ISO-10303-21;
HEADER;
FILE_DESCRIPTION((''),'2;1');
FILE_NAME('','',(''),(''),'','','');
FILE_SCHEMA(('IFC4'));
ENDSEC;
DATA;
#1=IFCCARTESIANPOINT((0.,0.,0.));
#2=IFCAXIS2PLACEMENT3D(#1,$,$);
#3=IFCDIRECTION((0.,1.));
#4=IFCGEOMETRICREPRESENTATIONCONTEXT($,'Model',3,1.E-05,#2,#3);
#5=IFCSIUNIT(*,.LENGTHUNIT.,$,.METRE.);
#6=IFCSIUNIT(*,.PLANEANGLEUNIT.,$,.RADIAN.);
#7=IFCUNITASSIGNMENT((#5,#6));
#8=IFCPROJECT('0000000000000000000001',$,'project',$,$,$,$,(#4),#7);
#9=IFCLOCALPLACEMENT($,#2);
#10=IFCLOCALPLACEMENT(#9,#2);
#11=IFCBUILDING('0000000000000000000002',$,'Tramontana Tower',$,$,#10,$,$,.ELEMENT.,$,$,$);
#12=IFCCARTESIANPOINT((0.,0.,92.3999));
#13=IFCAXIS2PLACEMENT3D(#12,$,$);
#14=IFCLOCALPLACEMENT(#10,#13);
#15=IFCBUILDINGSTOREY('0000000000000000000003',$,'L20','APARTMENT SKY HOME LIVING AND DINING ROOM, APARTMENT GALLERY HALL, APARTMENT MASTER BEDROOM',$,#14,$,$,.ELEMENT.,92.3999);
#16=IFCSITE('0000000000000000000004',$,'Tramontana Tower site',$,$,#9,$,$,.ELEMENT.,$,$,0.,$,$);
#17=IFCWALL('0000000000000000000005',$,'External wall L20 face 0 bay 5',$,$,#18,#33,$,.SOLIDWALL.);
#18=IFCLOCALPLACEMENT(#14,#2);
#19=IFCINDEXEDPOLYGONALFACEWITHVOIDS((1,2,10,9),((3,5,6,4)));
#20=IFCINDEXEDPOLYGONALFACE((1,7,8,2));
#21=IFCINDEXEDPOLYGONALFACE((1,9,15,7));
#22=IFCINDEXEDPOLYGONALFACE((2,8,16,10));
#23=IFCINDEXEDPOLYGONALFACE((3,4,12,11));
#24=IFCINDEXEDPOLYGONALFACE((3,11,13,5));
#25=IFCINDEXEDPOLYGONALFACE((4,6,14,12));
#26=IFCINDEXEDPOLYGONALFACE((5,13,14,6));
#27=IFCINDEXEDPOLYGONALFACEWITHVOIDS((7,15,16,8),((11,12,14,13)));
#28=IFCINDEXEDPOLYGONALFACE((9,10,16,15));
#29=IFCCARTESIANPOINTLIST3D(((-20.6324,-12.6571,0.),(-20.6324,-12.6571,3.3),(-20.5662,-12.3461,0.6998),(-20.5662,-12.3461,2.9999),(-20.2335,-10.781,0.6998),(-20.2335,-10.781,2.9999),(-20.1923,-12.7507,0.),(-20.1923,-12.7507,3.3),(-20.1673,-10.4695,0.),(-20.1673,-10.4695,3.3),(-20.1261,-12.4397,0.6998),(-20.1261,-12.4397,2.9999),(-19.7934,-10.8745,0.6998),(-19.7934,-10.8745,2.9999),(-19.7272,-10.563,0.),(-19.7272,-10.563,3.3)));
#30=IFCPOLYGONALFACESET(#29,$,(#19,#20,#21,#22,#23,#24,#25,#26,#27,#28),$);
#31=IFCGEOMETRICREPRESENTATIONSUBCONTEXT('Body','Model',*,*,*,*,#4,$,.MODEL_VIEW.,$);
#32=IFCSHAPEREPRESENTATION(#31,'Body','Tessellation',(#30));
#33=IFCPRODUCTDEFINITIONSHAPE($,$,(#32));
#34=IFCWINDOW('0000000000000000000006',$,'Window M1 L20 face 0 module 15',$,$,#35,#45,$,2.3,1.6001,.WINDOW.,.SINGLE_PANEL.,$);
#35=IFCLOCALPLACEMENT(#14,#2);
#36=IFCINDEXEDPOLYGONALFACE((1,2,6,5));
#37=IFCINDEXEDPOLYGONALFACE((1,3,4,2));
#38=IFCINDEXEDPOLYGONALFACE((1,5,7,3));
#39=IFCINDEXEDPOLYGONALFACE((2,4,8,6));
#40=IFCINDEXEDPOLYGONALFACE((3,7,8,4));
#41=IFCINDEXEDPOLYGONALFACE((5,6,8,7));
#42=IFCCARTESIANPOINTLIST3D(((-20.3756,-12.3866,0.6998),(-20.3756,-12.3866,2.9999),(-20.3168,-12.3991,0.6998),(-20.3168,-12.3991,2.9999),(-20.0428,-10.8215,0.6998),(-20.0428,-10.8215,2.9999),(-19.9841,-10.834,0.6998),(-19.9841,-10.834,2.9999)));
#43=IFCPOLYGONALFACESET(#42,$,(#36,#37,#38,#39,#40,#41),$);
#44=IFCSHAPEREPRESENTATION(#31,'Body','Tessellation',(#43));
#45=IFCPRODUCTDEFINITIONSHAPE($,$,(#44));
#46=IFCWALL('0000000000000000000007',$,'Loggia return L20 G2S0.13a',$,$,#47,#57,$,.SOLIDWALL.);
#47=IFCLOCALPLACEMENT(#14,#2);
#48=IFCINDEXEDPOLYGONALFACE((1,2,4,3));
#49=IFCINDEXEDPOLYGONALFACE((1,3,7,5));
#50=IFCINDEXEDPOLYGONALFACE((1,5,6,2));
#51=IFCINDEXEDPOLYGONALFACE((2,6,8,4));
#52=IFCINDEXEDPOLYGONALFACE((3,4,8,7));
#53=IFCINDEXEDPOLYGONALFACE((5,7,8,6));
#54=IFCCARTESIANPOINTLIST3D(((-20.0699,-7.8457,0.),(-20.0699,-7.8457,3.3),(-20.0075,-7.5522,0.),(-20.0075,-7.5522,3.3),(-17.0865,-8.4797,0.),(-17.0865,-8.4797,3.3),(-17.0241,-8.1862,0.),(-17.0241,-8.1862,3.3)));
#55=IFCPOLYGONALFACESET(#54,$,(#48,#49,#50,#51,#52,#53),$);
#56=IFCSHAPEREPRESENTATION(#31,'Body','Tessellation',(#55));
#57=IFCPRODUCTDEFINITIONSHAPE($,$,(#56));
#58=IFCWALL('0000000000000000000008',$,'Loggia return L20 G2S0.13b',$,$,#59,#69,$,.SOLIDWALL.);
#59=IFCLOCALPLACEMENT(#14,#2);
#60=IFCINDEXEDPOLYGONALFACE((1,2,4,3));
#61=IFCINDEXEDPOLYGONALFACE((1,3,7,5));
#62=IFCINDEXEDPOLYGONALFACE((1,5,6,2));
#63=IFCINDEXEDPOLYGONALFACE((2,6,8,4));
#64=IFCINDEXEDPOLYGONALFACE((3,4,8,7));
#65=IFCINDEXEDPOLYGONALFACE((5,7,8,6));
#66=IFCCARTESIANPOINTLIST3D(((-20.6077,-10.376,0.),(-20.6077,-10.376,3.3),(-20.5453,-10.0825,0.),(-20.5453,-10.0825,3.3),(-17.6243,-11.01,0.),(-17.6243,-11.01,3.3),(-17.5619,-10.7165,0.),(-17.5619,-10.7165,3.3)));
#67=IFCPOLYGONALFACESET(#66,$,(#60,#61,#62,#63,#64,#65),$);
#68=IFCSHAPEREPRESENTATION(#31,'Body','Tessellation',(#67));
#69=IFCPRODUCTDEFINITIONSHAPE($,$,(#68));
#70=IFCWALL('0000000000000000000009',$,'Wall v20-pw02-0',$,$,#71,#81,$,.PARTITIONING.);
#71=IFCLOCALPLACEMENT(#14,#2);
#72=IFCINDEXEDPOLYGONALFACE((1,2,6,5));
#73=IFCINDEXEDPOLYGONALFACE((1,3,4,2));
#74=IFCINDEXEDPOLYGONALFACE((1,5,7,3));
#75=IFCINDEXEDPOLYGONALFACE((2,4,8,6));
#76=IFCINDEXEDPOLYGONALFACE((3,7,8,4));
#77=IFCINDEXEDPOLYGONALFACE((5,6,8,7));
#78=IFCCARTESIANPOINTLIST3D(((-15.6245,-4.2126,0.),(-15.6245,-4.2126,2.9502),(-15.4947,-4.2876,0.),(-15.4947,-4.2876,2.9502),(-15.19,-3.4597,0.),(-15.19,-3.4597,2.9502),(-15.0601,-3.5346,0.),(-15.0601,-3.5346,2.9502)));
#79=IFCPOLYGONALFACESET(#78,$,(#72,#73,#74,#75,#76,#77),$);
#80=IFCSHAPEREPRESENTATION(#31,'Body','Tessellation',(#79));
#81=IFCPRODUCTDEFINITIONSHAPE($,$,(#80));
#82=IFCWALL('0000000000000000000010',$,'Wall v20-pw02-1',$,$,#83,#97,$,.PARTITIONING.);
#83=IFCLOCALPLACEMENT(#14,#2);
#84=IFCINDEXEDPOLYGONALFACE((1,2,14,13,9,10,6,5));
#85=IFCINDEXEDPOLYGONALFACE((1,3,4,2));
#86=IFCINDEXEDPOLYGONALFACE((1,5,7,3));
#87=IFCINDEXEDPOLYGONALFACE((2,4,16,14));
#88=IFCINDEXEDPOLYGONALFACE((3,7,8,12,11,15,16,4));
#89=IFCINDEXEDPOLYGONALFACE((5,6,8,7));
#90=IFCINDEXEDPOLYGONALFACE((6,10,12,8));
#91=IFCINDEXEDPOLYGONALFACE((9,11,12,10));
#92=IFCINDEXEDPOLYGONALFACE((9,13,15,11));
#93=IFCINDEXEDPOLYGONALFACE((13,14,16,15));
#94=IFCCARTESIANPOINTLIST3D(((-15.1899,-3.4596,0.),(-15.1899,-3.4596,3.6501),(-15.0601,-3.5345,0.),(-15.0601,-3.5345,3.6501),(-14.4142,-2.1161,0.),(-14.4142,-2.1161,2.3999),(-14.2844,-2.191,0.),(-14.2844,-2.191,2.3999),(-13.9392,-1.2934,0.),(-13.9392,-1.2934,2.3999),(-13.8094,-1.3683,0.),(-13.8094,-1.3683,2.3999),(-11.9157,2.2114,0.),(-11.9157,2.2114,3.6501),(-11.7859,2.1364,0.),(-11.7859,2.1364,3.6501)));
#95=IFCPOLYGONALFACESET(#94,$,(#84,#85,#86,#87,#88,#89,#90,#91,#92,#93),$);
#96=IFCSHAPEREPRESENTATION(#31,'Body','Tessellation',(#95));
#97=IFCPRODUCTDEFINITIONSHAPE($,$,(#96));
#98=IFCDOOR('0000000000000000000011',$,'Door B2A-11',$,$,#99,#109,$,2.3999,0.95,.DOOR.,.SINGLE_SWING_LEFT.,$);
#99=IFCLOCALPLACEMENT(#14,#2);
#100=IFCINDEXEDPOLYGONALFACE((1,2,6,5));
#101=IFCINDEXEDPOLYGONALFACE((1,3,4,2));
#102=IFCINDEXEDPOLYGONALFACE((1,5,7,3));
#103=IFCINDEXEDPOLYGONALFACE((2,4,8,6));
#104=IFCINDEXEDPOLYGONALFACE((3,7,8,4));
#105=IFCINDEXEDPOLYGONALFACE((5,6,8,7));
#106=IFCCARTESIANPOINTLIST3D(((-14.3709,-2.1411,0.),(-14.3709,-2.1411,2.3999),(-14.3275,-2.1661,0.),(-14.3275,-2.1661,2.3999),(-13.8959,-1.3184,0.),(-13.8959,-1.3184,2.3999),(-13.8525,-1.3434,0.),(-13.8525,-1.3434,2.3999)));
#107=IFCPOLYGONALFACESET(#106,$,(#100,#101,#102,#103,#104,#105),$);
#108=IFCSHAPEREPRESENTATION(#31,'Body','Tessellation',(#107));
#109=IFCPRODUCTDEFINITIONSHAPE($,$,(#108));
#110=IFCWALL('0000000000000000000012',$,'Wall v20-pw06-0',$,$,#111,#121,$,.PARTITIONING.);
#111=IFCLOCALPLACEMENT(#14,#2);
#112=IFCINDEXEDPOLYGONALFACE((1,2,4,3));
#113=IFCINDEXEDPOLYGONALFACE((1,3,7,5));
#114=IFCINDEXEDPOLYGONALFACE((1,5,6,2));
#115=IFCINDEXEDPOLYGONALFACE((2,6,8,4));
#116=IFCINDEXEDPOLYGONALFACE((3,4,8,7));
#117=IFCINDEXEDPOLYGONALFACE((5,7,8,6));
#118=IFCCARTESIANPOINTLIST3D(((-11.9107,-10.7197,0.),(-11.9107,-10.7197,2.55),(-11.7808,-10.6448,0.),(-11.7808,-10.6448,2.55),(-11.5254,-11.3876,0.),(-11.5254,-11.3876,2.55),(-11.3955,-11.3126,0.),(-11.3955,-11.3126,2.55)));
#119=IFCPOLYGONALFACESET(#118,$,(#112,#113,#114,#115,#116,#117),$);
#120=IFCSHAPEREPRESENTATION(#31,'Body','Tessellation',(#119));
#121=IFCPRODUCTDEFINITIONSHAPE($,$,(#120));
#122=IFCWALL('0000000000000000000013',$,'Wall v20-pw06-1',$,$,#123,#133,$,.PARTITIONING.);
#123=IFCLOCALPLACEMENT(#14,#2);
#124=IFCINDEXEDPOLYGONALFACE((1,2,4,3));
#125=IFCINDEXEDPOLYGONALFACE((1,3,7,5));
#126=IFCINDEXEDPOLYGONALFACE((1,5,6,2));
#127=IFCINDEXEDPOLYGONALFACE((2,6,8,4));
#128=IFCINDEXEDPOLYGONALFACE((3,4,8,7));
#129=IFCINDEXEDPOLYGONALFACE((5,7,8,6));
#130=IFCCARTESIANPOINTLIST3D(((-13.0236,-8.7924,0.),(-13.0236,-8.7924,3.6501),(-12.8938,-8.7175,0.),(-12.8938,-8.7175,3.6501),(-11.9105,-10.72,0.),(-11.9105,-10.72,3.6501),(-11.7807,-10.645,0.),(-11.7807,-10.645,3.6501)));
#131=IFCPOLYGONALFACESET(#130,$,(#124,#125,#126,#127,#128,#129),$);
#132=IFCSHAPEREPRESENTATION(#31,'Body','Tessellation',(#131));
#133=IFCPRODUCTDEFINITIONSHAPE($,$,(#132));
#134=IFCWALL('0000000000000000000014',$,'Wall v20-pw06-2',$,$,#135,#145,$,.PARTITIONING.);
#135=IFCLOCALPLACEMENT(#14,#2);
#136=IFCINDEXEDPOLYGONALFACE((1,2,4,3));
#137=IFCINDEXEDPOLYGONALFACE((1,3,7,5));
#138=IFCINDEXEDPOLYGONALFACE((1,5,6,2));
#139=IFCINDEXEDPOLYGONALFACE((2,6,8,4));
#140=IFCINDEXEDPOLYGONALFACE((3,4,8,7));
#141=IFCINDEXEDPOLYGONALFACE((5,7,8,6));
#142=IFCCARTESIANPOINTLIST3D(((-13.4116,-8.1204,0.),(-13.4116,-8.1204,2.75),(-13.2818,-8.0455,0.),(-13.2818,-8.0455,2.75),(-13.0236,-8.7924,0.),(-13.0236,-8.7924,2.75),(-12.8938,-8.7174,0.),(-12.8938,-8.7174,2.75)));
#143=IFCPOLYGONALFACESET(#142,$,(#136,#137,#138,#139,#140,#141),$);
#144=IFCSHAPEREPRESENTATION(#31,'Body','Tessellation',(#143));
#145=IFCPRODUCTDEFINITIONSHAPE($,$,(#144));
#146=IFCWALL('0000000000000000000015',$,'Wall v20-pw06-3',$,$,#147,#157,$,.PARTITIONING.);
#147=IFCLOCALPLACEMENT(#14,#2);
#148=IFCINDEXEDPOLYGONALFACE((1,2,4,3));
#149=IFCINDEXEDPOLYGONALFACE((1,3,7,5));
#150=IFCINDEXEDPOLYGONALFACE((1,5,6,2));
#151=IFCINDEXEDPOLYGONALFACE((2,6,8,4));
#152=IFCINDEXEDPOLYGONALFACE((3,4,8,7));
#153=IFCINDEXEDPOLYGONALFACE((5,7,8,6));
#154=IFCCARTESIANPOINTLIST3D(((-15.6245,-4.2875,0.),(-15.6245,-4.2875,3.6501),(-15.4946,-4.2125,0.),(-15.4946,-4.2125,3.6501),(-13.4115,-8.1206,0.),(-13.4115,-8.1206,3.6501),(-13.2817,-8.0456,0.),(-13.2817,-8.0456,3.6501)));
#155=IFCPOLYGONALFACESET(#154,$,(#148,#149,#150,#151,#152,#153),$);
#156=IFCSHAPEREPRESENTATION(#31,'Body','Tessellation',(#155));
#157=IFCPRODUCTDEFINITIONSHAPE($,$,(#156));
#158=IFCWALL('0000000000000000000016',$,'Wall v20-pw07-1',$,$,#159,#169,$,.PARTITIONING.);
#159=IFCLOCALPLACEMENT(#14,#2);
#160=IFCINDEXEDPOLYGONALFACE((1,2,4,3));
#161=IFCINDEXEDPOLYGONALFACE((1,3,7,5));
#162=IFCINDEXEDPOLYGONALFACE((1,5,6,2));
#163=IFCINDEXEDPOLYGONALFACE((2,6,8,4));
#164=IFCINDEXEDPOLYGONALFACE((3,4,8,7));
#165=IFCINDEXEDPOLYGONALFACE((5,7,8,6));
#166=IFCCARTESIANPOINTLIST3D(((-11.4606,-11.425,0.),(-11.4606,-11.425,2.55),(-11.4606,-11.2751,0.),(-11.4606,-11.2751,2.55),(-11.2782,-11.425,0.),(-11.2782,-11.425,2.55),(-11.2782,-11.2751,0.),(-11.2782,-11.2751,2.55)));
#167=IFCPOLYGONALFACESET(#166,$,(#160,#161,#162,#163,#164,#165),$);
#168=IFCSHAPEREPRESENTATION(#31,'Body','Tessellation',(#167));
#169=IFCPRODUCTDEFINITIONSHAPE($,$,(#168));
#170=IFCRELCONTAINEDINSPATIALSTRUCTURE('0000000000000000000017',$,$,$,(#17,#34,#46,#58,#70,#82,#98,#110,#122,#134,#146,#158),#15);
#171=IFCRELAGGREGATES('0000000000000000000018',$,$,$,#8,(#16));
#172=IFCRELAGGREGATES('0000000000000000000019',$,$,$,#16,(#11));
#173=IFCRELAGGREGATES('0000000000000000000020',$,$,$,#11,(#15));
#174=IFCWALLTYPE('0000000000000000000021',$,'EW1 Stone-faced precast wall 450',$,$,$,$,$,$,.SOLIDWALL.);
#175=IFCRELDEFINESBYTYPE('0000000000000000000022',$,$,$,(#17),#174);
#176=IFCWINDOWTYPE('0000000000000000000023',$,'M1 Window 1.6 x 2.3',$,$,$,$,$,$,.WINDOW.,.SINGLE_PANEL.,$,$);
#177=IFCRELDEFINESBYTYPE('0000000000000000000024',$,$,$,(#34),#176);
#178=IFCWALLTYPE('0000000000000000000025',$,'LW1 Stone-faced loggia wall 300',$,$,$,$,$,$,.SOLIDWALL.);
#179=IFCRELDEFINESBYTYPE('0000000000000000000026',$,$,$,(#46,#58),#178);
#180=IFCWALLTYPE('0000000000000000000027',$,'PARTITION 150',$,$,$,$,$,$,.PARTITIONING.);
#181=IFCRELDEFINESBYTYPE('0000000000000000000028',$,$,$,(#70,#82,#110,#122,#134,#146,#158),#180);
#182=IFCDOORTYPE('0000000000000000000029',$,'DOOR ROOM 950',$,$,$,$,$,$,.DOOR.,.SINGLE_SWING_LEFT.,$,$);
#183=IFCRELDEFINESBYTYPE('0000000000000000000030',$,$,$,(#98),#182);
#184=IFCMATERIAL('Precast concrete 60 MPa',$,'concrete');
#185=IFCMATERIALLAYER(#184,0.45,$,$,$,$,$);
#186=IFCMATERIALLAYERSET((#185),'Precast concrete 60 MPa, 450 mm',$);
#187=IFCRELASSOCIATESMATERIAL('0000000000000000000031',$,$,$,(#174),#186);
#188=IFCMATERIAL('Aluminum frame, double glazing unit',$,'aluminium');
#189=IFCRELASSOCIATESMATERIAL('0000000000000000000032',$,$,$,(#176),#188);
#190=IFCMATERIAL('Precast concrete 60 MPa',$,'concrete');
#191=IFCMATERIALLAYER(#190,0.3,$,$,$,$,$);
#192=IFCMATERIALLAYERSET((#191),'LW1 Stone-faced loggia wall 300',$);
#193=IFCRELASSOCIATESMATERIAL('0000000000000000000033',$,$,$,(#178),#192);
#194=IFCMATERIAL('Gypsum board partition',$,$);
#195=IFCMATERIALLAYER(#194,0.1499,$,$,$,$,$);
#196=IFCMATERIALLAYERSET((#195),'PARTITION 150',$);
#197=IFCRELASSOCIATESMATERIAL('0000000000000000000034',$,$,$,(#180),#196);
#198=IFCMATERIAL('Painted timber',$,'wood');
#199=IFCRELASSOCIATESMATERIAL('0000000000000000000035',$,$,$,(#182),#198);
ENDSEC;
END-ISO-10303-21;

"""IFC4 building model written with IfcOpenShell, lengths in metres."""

from ifc_helpers import new_model, si_unit, direction, frame, frame_2d, origin, place, context, subcontext, project, spatial, rectangle, extrude, material, layer, layer_set, type_object, element, fill, save


model = new_model("IFC4")

# Units and contexts
model_context = context("Model", 3, precision=1e-05, world=origin(), true_north=direction((0.0, 1.0)))
body_context = subcontext(model_context, "Body", "Model", "MODEL_VIEW")
ifc_project = project(units=[si_unit("LENGTHUNIT", "METRE"), si_unit("PLANEANGLEUNIT", "RADIAN")], contexts=[model_context])

# Site, building, storey
site_placement = place(None, origin())
site = spatial("IfcSite", under=ifc_project, at=site_placement, Name="Tramontana Tower site", CompositionType="ELEMENT", RefElevation=0.0)
building_placement = place(site_placement, origin())
building = spatial("IfcBuilding", under=site, at=building_placement, Name="Tramontana Tower", CompositionType="ELEMENT")
storey_placement = place(building_placement, frame((0.0, 0.0, 92.3999)))
storey = spatial("IfcBuildingStorey", under=building, at=storey_placement, Name="L20", Description="APARTMENT SKY HOME LIVING AND DINING ROOM, APARTMENT GALLERY HALL, APARTMENT MASTER BEDROOM", CompositionType="ELEMENT", Elevation=92.3999)

# Wall, opening, window
ifc_material_1 = material(Name="Precast concrete 60 MPa", Category="concrete")
ifc_layer_1 = layer(ifc_material_1, 0.45)
ifc_layer_set_1 = layer_set([ifc_layer_1], Name="Precast concrete 60 MPa, 450 mm")
wall_type_1 = type_object("IfcWallType", Name="EW1 Stone-faced precast wall 450", PredefinedType="SOLIDWALL", material=ifc_layer_set_1)
ifc_material_2 = material(Name="Aluminum frame, double glazing unit", Category="aluminium")
window_type = type_object("IfcWindowType", Name="M1 Window 1.6 x 2.3", PartitioningType="SINGLE_PANEL", PredefinedType="WINDOW", material=ifc_material_2)
wall_1_placement = place(storey_placement, frame((-19.9473, -10.5164, 0.0), z_axis=(0.0, 0.0, 1.0), x_axis=(-0.207941, -0.978141, 0.0)))
wall_1 = element("IfcWall", 1, at=wall_1_placement, inside=storey, type_object=wall_type_1, Name="External wall L20 face 0 bay 5", PredefinedType="SOLIDWALL", context=body_context, shape_type="SweptSolid", body=[
    extrude(rectangle(XDim=2.2366, YDim=0.45, at=frame_2d((1.1182, 0.0))), origin(), (0.0, 0.0, 1.0), 3.3),
])
opening_1_placement = place(wall_1_placement, frame((0.3184, 0.0, 0.7)))
opening_1 = element("IfcOpeningElement", 2, at=opening_1_placement, cuts=wall_1, PredefinedType="OPENING", context=body_context, shape_type="SweptSolid", body=[
    extrude(rectangle(XDim=1.6001, YDim=2.3, at=frame_2d((0.8, 1.1499))), frame((0.0, 0.2349, 0.0), z_axis=(0.0, -1.0, 0.0), x_axis=(1.0, 0.0, 0.0)), (0.0, 0.0, 1.0), 0.47),
])
window_1_placement = place(opening_1_placement, origin())
window_1 = element("IfcWindow", 3, at=window_1_placement, inside=storey, type_object=window_type, Name="Window M1 L20 face 0 module 15", OverallHeight=2.3, OverallWidth=1.6001, PartitioningType="SINGLE_PANEL", PredefinedType="WINDOW", context=body_context, shape_type="SweptSolid", body=[
    extrude(rectangle(XDim=1.6001, YDim=2.3, at=frame_2d((0.8, 1.1499))), frame((0.0, 0.03, 0.0), z_axis=(0.0, -1.0, 0.0), x_axis=(1.0, 0.0, 0.0)), (0.0, 0.0, 1.0), 0.0601),
])
fill(opening_1, window_1)

# Shared definitions
ifc_material_3 = material(Name="Precast concrete 60 MPa", Category="concrete")
ifc_layer_2 = layer(ifc_material_3, 0.3)
ifc_layer_set_2 = layer_set([ifc_layer_2], Name="LW1 Stone-faced loggia wall 300")
wall_type_2 = type_object("IfcWallType", Name="LW1 Stone-faced loggia wall 300", PredefinedType="SOLIDWALL", material=ifc_layer_set_2)

# Walls
for number, where, z_axis, x_axis, name in (
    (4, (-20.0386, -7.699, 0.0), (0.0, 0.0, 1.0), (0.978155, -0.207878, 0.0), "Loggia return L20 G2S0.13a"),
    (5, (-20.5764, -10.2292, 0.0), (0.0, 0.0, 1.0), (0.978155, -0.207878, 0.0), "Loggia return L20 G2S0.13b"),
):
    element("IfcWall", number, at=place(storey_placement, frame(where, z_axis=z_axis, x_axis=x_axis)), inside=storey, type_object=wall_type_2, Name=name, PredefinedType="SOLIDWALL", context=body_context, shape_type="SweptSolid", body=[
        extrude(rectangle(XDim=3.05, YDim=0.3, at=frame_2d((1.5249, 0.0))), origin(), (0.0, 0.0, 1.0), 3.3),
    ])
ifc_material_4 = material(Name="Gypsum board partition")
ifc_layer_3 = layer(ifc_material_4, 0.1499)
ifc_layer_set_3 = layer_set([ifc_layer_3], Name="PARTITION 150")
wall_type_3 = type_object("IfcWallType", Name="PARTITION 150", PredefinedType="PARTITIONING", material=ifc_layer_set_3)
wall_2_placement = place(storey_placement, frame((-15.5596, -4.25, 0.0), z_axis=(0.0, 0.0, 1.0), x_axis=(0.499885, 0.866092, 0.0)))
element("IfcWall", 6, at=wall_2_placement, inside=storey, type_object=wall_type_3, Name="Wall v20-pw02-0", PredefinedType="PARTITIONING", context=body_context, shape_type="SweptSolid", body=[
    extrude(rectangle(XDim=0.8694, YDim=0.1499, at=frame_2d((0.4346, 0.0))), origin(), (0.0, 0.0, 1.0), 2.9502),
])

# Wall, opening, door
wall_3_placement = place(storey_placement, frame((-15.125, -3.4971, 0.0), z_axis=(0.0, 0.0, 1.0), x_axis=(0.500009, 0.86602, 0.0)))
wall_3 = element("IfcWall", 7, at=wall_3_placement, inside=storey, type_object=wall_type_3, Name="Wall v20-pw02-1", PredefinedType="PARTITIONING", context=body_context, shape_type="SweptSolid", body=[
    extrude(rectangle(XDim=6.5483, YDim=0.1499, at=frame_2d((3.2742, 0.0))), origin(), (0.0, 0.0, 1.0), 3.6501),
])
opening_2_placement = place(wall_3_placement, frame((1.5513, 0.0, 0.0)))
opening_2 = element("IfcOpeningElement", 8, at=opening_2_placement, cuts=wall_3, PredefinedType="OPENING", context=body_context, shape_type="SweptSolid", body=[
    extrude(rectangle(XDim=0.95, YDim=2.3999, at=frame_2d((0.4751, 1.2))), frame((0.0, 0.085, 0.0), z_axis=(0.0, -1.0, 0.0), x_axis=(1.0, 0.0, 0.0)), (0.0, 0.0, 1.0), 0.1699),
])
ifc_material_5 = material(Name="Painted timber", Category="wood")
door_type_1 = type_object("IfcDoorType", Name="DOOR ROOM 950", OperationType="SINGLE_SWING_LEFT", PredefinedType="DOOR", material=ifc_material_5)
door_1_placement = place(opening_2_placement, origin())
door_1 = element("IfcDoor", 9, at=door_1_placement, inside=storey, type_object=door_type_1, Name="Door B2A-11", OperationType="SINGLE_SWING_LEFT", OverallHeight=2.3999, OverallWidth=0.95, PredefinedType="DOOR", context=body_context, shape_type="SweptSolid", body=[
    extrude(rectangle(XDim=0.95, YDim=2.3999, at=frame_2d((0.4751, 1.2))), frame((0.0, 0.0249, 0.0), z_axis=(0.0, -1.0, 0.0), x_axis=(1.0, 0.0, 0.0)), (0.0, 0.0, 1.0), 0.05),
])
fill(opening_2, door_1)

# Walls
wall_4_placement = place(storey_placement, frame((-11.4604, -11.3501, 0.0), z_axis=(0.0, 0.0, 1.0), x_axis=(-0.49975, 0.86617, 0.0)))
element("IfcWall", 10, at=wall_4_placement, inside=storey, type_object=wall_type_3, Name="Wall v20-pw06-0", PredefinedType="PARTITIONING", context=body_context, shape_type="SweptSolid", body=[
    extrude(rectangle(XDim=0.771, YDim=0.1499, at=frame_2d((0.3855, 0.0))), origin(), (0.0, 0.0, 1.0), 2.55),
])
wall_5_placement = place(storey_placement, frame((-11.8457, -10.6824, 0.0), z_axis=(0.0, 0.0, 1.0), x_axis=(-0.500067, 0.865986, 0.0)))
element("IfcWall", 11, at=wall_5_placement, inside=storey, type_object=wall_type_3, Name="Wall v20-pw06-1", PredefinedType="PARTITIONING", context=body_context, shape_type="SweptSolid", body=[
    extrude(rectangle(XDim=2.2258, YDim=0.1499, at=frame_2d((1.1128, 0.0))), origin(), (0.0, 0.0, 1.0), 3.6501),
])
wall_6_placement = place(storey_placement, frame((-12.9587, -8.7549, 0.0), z_axis=(0.0, 0.0, 1.0), x_axis=(-0.500031, 0.866007, 0.0)))
element("IfcWall", 12, at=wall_6_placement, inside=storey, type_object=wall_type_3, Name="Wall v20-pw06-2", PredefinedType="PARTITIONING", context=body_context, shape_type="SweptSolid", body=[
    extrude(rectangle(XDim=0.7759, YDim=0.1499, at=frame_2d((0.3879, 0.0))), origin(), (0.0, 0.0, 1.0), 2.75),
])
wall_7_placement = place(storey_placement, frame((-13.3467, -8.083, 0.0), z_axis=(0.0, 0.0, 1.0), x_axis=(-0.499983, 0.866035, 0.0)))
element("IfcWall", 13, at=wall_7_placement, inside=storey, type_object=wall_type_3, Name="Wall v20-pw06-3", PredefinedType="PARTITIONING", context=body_context, shape_type="SweptSolid", body=[
    extrude(rectangle(XDim=4.426, YDim=0.1499, at=frame_2d((2.2129, 0.0))), origin(), (0.0, 0.0, 1.0), 3.6501),
])
wall_8_placement = place(storey_placement, frame((-11.2781, -11.3501, 0.0), z_axis=(0.0, 0.0, 1.0), x_axis=(-1.0, 0.0, 0.0)))
element("IfcWall", 14, at=wall_8_placement, inside=storey, type_object=wall_type_3, Name="Wall v20-pw07-1", PredefinedType="PARTITIONING", context=body_context, shape_type="SweptSolid", body=[
    extrude(rectangle(XDim=0.1824, YDim=0.1499, at=frame_2d((0.0913, 0.0))), origin(), (0.0, 0.0, 1.0), 2.55),
])

save(model, "model.ifc")
